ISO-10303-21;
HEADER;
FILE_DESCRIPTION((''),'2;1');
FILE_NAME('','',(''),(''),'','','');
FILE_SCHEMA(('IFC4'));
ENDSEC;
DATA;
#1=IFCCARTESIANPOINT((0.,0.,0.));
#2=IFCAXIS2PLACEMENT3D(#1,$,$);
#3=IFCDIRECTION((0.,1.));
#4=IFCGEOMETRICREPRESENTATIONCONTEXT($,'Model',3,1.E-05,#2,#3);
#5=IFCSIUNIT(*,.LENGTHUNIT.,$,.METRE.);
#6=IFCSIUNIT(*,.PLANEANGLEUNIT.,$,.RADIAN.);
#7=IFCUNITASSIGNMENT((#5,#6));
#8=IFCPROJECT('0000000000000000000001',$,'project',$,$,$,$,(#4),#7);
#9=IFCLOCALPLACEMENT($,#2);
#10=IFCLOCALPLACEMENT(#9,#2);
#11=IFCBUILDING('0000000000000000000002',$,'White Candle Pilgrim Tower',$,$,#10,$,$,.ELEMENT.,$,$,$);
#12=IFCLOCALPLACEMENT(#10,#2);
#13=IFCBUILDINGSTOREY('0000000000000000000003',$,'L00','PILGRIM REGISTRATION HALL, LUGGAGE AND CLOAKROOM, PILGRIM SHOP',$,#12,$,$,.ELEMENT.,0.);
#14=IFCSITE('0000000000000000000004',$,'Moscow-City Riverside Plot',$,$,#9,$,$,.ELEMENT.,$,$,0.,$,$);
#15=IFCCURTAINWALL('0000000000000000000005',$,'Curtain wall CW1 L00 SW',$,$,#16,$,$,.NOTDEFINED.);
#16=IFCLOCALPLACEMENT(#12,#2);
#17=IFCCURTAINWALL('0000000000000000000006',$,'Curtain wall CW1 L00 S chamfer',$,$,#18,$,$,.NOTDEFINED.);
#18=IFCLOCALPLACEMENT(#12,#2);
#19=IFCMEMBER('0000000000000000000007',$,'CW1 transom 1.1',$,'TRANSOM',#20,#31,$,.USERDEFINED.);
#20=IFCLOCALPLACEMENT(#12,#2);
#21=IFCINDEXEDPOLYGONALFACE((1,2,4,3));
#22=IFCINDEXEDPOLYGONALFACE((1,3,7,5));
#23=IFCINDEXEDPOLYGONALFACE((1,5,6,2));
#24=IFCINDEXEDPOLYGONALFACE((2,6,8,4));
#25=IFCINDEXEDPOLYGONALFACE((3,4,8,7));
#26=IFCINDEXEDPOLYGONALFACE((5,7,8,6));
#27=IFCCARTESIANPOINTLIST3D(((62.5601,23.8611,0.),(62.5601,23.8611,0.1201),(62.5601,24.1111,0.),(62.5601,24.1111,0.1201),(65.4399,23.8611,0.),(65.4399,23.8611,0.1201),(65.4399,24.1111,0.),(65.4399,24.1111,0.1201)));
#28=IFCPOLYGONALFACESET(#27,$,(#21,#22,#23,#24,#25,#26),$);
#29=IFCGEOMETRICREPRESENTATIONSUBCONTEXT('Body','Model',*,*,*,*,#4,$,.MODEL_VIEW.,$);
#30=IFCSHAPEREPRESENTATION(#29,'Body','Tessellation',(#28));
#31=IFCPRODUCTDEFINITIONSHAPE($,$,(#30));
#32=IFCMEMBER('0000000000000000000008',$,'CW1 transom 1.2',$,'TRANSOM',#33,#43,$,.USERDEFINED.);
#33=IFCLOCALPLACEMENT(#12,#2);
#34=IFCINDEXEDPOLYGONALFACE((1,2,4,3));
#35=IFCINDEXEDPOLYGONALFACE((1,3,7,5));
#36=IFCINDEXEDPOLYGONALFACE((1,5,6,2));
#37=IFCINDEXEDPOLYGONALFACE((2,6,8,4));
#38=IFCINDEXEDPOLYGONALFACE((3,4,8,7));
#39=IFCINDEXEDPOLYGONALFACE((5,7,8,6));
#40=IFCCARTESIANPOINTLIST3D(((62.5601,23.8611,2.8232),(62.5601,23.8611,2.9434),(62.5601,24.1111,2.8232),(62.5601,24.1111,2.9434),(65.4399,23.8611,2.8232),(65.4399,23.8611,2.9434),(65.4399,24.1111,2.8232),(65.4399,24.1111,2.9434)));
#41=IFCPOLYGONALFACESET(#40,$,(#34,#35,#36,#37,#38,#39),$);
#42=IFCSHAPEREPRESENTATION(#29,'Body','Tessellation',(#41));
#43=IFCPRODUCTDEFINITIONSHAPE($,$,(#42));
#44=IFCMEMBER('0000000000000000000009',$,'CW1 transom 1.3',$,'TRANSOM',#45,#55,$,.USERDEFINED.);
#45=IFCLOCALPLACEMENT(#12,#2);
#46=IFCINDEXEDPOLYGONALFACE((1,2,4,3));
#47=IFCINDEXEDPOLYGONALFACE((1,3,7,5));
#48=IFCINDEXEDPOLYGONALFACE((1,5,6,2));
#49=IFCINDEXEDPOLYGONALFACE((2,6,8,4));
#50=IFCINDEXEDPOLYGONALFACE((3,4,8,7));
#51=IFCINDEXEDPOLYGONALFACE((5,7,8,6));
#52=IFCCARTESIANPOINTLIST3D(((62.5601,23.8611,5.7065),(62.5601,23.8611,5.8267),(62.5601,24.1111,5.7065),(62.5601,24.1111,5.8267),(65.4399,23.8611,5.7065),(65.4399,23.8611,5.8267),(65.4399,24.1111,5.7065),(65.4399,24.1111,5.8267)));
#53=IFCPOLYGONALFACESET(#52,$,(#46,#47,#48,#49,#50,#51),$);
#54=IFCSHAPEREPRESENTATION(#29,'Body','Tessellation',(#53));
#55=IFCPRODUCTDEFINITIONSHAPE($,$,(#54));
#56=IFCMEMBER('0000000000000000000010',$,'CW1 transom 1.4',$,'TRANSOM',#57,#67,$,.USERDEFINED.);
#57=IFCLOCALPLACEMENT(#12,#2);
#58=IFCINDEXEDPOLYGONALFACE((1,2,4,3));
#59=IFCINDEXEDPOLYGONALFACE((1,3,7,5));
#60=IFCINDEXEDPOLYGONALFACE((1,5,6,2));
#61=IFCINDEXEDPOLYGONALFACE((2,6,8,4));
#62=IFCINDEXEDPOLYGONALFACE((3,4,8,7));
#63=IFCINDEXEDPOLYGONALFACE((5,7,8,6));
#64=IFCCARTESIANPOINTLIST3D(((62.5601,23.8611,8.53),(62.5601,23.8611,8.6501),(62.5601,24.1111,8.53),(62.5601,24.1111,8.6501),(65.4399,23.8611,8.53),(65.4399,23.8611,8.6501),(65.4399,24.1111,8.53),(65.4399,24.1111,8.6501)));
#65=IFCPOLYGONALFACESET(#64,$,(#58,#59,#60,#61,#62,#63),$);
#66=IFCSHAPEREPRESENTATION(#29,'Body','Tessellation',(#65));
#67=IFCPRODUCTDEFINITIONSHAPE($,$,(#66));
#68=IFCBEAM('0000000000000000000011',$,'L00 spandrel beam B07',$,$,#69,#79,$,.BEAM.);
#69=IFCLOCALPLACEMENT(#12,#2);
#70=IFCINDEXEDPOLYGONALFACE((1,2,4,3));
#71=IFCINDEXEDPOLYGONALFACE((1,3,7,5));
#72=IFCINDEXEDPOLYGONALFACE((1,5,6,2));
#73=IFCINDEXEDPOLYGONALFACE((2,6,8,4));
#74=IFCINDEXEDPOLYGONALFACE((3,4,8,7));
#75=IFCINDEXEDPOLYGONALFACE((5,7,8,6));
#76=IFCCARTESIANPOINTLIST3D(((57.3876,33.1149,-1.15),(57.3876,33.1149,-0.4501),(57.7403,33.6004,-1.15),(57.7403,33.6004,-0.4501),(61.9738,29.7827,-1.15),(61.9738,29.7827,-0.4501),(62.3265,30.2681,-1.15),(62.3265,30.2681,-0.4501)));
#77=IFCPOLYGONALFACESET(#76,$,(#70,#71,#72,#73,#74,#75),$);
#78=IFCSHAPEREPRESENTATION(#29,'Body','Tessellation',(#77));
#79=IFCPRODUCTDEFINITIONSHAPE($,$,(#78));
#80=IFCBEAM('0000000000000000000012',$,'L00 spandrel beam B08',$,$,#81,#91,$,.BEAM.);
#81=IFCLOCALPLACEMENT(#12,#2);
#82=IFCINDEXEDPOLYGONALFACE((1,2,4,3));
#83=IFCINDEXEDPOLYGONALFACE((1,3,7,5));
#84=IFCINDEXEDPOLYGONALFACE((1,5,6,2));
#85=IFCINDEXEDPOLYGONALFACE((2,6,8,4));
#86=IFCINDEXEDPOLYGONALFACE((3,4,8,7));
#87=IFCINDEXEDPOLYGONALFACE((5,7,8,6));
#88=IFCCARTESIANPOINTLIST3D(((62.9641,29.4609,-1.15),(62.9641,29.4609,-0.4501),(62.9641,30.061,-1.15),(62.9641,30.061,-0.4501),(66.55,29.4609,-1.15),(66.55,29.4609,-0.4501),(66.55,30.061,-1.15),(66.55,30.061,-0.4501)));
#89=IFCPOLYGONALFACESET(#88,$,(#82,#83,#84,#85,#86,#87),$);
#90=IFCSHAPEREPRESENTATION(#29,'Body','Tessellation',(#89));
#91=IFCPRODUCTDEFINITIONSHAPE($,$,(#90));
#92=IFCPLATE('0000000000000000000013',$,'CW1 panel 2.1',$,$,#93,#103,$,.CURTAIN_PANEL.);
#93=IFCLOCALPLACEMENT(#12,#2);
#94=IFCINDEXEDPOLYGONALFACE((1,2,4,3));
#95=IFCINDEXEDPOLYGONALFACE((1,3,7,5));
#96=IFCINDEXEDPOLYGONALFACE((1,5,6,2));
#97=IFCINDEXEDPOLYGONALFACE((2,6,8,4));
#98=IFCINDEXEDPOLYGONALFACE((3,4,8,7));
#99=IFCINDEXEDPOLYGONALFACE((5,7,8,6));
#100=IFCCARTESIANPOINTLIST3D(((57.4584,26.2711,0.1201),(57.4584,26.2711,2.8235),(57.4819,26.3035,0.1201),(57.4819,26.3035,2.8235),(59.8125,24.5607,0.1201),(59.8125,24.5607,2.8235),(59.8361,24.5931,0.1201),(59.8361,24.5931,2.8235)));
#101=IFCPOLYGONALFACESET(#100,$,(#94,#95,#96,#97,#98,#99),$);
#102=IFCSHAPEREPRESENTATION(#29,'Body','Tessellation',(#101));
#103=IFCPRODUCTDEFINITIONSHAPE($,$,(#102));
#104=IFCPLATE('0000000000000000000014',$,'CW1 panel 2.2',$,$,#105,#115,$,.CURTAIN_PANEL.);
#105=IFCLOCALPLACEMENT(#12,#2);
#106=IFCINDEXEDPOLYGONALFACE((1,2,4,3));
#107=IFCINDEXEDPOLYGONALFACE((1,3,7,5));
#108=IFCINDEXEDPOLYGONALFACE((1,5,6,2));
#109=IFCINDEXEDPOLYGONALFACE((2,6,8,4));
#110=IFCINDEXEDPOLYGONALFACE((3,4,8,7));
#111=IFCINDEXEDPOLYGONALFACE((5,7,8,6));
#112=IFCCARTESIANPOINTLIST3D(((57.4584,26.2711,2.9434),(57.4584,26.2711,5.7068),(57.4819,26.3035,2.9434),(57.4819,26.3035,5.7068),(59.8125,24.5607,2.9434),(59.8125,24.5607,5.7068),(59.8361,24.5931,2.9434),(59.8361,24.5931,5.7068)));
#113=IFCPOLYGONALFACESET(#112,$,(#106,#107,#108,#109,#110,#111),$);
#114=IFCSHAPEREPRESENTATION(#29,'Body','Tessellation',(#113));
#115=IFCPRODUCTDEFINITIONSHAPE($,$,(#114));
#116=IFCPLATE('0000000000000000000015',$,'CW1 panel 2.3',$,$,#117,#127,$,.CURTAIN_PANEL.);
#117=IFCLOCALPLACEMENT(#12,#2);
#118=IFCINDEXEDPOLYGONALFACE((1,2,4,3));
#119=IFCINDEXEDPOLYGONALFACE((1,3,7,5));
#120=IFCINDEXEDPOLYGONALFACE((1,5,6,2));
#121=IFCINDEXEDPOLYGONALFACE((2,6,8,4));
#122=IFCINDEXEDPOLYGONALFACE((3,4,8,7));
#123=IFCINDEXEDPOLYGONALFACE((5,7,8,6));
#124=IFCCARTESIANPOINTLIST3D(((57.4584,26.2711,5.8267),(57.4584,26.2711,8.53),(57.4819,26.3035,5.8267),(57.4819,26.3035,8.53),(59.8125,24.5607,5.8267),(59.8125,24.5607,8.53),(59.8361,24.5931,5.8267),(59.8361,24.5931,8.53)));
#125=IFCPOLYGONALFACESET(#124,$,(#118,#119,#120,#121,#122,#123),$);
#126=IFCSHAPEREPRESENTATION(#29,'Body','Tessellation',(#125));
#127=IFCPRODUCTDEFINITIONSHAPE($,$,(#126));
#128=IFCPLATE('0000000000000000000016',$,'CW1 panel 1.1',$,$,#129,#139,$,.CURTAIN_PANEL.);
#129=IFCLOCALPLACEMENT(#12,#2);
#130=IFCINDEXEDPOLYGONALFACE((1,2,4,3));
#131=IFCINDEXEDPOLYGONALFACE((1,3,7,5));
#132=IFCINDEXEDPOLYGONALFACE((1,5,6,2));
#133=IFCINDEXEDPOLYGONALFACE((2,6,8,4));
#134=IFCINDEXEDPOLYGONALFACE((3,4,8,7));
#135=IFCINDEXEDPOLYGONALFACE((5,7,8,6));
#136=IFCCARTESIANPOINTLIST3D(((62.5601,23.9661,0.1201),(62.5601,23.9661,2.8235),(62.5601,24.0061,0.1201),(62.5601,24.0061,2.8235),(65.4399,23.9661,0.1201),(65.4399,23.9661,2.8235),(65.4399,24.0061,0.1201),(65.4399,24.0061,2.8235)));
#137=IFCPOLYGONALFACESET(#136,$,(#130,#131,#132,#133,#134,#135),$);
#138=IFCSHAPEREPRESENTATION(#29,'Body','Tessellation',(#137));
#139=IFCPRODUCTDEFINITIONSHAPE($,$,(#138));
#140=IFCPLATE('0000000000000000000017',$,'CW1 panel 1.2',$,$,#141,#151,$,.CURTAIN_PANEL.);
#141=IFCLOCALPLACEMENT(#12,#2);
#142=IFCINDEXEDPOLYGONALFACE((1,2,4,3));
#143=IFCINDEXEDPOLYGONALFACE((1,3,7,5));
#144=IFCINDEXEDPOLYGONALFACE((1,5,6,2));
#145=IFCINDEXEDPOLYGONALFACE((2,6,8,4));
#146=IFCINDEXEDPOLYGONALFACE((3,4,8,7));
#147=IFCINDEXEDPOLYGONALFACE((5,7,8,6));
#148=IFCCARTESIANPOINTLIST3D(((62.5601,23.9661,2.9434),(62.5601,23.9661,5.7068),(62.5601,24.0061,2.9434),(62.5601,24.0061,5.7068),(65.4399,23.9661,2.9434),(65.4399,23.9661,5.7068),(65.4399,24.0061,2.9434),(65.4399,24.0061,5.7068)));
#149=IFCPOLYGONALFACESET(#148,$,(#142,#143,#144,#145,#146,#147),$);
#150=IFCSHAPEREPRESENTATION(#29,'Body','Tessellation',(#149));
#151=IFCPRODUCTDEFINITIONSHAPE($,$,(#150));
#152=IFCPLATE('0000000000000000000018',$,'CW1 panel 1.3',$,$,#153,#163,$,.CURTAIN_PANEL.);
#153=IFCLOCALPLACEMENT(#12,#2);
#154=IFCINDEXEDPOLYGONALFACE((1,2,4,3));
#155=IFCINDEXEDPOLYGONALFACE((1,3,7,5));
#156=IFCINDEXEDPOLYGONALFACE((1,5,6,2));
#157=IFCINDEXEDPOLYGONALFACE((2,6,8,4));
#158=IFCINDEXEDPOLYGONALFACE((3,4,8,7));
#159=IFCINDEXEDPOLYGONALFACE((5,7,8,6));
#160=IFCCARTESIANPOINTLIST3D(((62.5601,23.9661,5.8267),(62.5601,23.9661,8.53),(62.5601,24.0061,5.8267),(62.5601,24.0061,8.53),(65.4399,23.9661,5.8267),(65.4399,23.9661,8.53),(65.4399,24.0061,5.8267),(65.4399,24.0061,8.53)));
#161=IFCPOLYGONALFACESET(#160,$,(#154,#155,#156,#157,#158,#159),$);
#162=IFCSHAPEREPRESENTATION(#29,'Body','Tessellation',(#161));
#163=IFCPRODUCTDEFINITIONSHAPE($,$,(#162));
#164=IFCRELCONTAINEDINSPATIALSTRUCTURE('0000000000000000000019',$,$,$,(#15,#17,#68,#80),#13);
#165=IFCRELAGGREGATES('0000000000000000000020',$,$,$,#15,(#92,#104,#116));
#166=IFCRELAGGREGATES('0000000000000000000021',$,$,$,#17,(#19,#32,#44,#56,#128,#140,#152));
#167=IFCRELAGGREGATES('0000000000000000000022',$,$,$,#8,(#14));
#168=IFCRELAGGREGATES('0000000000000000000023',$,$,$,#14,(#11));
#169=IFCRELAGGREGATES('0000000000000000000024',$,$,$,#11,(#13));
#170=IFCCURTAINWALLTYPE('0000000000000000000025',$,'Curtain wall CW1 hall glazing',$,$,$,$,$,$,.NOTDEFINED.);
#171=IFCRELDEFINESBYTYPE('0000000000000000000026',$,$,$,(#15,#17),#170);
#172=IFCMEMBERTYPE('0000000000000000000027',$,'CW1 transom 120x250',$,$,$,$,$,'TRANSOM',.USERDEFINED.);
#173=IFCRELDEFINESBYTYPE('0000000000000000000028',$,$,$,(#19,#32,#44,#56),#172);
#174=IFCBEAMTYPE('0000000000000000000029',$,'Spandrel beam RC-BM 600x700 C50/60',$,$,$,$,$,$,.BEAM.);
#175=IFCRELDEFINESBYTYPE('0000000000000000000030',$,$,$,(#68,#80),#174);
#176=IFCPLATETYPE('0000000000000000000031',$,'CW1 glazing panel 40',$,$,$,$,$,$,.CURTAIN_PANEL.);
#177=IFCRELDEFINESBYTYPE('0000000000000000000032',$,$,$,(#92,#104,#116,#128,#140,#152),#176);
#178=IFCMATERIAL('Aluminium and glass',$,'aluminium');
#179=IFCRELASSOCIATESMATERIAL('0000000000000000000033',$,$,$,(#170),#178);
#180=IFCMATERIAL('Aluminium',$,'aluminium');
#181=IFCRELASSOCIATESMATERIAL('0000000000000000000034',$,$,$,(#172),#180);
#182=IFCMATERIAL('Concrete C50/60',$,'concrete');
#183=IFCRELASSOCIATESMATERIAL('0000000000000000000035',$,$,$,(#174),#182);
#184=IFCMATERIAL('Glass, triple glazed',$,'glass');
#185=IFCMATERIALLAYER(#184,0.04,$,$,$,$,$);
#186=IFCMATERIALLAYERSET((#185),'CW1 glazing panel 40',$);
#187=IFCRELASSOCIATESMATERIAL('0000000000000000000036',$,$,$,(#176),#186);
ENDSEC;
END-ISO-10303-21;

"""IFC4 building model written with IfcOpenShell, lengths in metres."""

from ifc_helpers import new_model, si_unit, direction, frame, origin, origin_2d, place, context, subcontext, project, spatial, rectangle, extrude, material, layer, layer_set, material_profile, profile_set, type_object, element, aggregate, save


model = new_model("IFC4")

# Units and contexts
model_context = context("Model", 3, precision=1e-05, world=origin(), true_north=direction((0.0, 1.0)))
body_context = subcontext(model_context, "Body", "Model", "MODEL_VIEW")
ifc_project = project(units=[si_unit("LENGTHUNIT", "METRE"), si_unit("PLANEANGLEUNIT", "RADIAN")], contexts=[model_context])

# Site, building, storey
site_placement = place(None, origin())
site = spatial("IfcSite", under=ifc_project, at=site_placement, Name="Moscow-City Riverside Plot", CompositionType="ELEMENT", RefElevation=0.0)
building_placement = place(site_placement, origin())
building = spatial("IfcBuilding", under=site, at=building_placement, Name="White Candle Pilgrim Tower", CompositionType="ELEMENT")
storey_placement = place(building_placement, origin())
storey = spatial("IfcBuildingStorey", under=building, at=storey_placement, Name="L00", Description="PILGRIM REGISTRATION HALL, LUGGAGE AND CLOAKROOM, PILGRIM SHOP", CompositionType="ELEMENT", Elevation=0.0)

# Curtain walls
ifc_material_1 = material(Name="Aluminium and glass", Category="aluminium")
curtain_wall_type = type_object("IfcCurtainWallType", Name="Curtain wall CW1 hall glazing", PredefinedType="NOTDEFINED", material=ifc_material_1)
curtain_wall_1_placement = place(storey_placement, origin())
curtain_wall_1 = element("IfcCurtainWall", 1, at=curtain_wall_1_placement, inside=storey, type_object=curtain_wall_type, Name="Curtain wall CW1 L00 SW", PredefinedType="NOTDEFINED")
ifc_material_2 = material(Name="Aluminium", Category="aluminium")
curtain_wall_2_placement = place(storey_placement, origin())
curtain_wall_2 = element("IfcCurtainWall", 2, at=curtain_wall_2_placement, inside=storey, type_object=curtain_wall_type, Name="Curtain wall CW1 L00 S chamfer", PredefinedType="NOTDEFINED")

# Members
ifc_material_profile_1 = material_profile(ifc_material_2, rectangle(XDim=0.25, YDim=0.1201, at=origin_2d()), Name="CW1 transom 120x250")
ifc_profile_set_1 = profile_set([ifc_material_profile_1], Name="Aluminium")
member_type_1 = type_object("IfcMemberType", Name="CW1 transom 120x250", ElementType="TRANSOM", PredefinedType="USERDEFINED", material=ifc_profile_set_1)
member_1_placement = place(storey_placement, frame((62.5601, 23.9861, 0.0601), z_axis=(1.0, 0.0, 0.0), x_axis=(0.0, 1.0, 0.0)))
member_1 = element("IfcMember", 3, at=member_1_placement, type_object=member_type_1, Name="CW1 transom 1.1", ObjectType="TRANSOM", PredefinedType="USERDEFINED", context=body_context, shape_type="SweptSolid", body=[
    extrude(rectangle(XDim=0.25, YDim=0.1201, at=origin_2d()), origin(), (0.0, 0.0, 1.0), 2.8799),
])
member_2_placement = place(storey_placement, frame((62.5601, 23.9861, 2.8833), z_axis=(1.0, 0.0, 0.0), x_axis=(0.0, 1.0, 0.0)))
member_2 = element("IfcMember", 4, at=member_2_placement, type_object=member_type_1, Name="CW1 transom 1.2", ObjectType="TRANSOM", PredefinedType="USERDEFINED", context=body_context, shape_type="SweptSolid", body=[
    extrude(rectangle(XDim=0.25, YDim=0.1201, at=origin_2d()), origin(), (0.0, 0.0, 1.0), 2.8799),
])
member_3_placement = place(storey_placement, frame((62.5601, 23.9861, 5.7666), z_axis=(1.0, 0.0, 0.0), x_axis=(0.0, 1.0, 0.0)))
member_3 = element("IfcMember", 5, at=member_3_placement, type_object=member_type_1, Name="CW1 transom 1.3", ObjectType="TRANSOM", PredefinedType="USERDEFINED", context=body_context, shape_type="SweptSolid", body=[
    extrude(rectangle(XDim=0.25, YDim=0.1201, at=origin_2d()), origin(), (0.0, 0.0, 1.0), 2.8799),
])
member_4_placement = place(storey_placement, frame((62.5601, 23.9861, 8.5901), z_axis=(1.0, 0.0, 0.0), x_axis=(0.0, 1.0, 0.0)))
member_4 = element("IfcMember", 6, at=member_4_placement, type_object=member_type_1, Name="CW1 transom 1.4", ObjectType="TRANSOM", PredefinedType="USERDEFINED", context=body_context, shape_type="SweptSolid", body=[
    extrude(rectangle(XDim=0.25, YDim=0.1201, at=origin_2d()), origin(), (0.0, 0.0, 1.0), 2.8799),
])

# Beams
ifc_material_3 = material(Name="Concrete C50/60", Category="concrete")
ifc_material_profile_2 = material_profile(ifc_material_3, rectangle(XDim=0.6001, YDim=0.7, at=origin_2d()), Name="RC-BM 600x700")
ifc_profile_set_2 = profile_set([ifc_material_profile_2], Name="Concrete C50/60")
beam_type = type_object("IfcBeamType", Name="Spandrel beam RC-BM 600x700 C50/60", PredefinedType="BEAM", material=ifc_profile_set_2)
beam_1_placement = place(storey_placement, frame((57.564, 33.3577, -0.8), z_axis=(0.808999, -0.587811, 0.0), x_axis=(0.587811, 0.808999, 0.0)))
element("IfcBeam", 7, at=beam_1_placement, inside=storey, type_object=beam_type, Name="L00 spandrel beam B07", PredefinedType="BEAM", context=body_context, shape_type="SweptSolid", body=[
    extrude(rectangle(XDim=0.6001, YDim=0.7, at=origin_2d()), origin(), (0.0, 0.0, 1.0), 5.6689),
])
beam_2_placement = place(storey_placement, frame((62.9641, 29.761, -0.8), z_axis=(1.0, 0.0, 0.0), x_axis=(0.0, 1.0, 0.0)))
element("IfcBeam", 8, at=beam_2_placement, inside=storey, type_object=beam_type, Name="L00 spandrel beam B08", PredefinedType="BEAM", context=body_context, shape_type="SweptSolid", body=[
    extrude(rectangle(XDim=0.6001, YDim=0.7, at=origin_2d()), origin(), (0.0, 0.0, 1.0), 3.5859),
])

# Plates
ifc_material_4 = material(Name="Glass, triple glazed", Category="glass")
ifc_layer_1 = layer(ifc_material_4, 0.04)
ifc_layer_set_1 = layer_set([ifc_layer_1], Name="CW1 glazing panel 40")
plate_type = type_object("IfcPlateType", Name="CW1 glazing panel 40", PredefinedType="CURTAIN_PANEL", material=ifc_layer_set_1)
plate_1_placement = place(storey_placement, frame((58.6472, 25.4321, 0.1201), z_axis=(0.0, 0.0, 1.0), x_axis=(0.809017, -0.587785, 0.0)))
plate_1 = element("IfcPlate", 9, at=plate_1_placement, type_object=plate_type, Name="CW1 panel 2.1", PredefinedType="CURTAIN_PANEL", context=body_context, shape_type="SweptSolid", body=[
    extrude(rectangle(XDim=2.9099, YDim=0.04, at=origin_2d()), origin(), (0.0, 0.0, 1.0), 2.7034),
])
plate_2_placement = place(storey_placement, frame((58.6472, 25.4321, 2.9434), z_axis=(0.0, 0.0, 1.0), x_axis=(0.809017, -0.587785, 0.0)))
plate_2 = element("IfcPlate", 10, at=plate_2_placement, type_object=plate_type, Name="CW1 panel 2.2", PredefinedType="CURTAIN_PANEL", context=body_context, shape_type="SweptSolid", body=[
    extrude(rectangle(XDim=2.9099, YDim=0.04, at=origin_2d()), origin(), (0.0, 0.0, 1.0), 2.7634),
])
plate_3_placement = place(storey_placement, frame((58.6472, 25.4321, 5.8267), z_axis=(0.0, 0.0, 1.0), x_axis=(0.809017, -0.587785, 0.0)))
plate_3 = element("IfcPlate", 11, at=plate_3_placement, type_object=plate_type, Name="CW1 panel 2.3", PredefinedType="CURTAIN_PANEL", context=body_context, shape_type="SweptSolid", body=[
    extrude(rectangle(XDim=2.9099, YDim=0.04, at=origin_2d()), origin(), (0.0, 0.0, 1.0), 2.7034),
])
aggregate(curtain_wall_1, [plate_1, plate_2, plate_3])
plate_4_placement = place(storey_placement, frame((64.0, 23.9861, 0.1201), z_axis=(0.0, 0.0, 1.0), x_axis=(1.0, 0.0, 0.0)))
plate_4 = element("IfcPlate", 12, at=plate_4_placement, type_object=plate_type, Name="CW1 panel 1.1", PredefinedType="CURTAIN_PANEL", context=body_context, shape_type="SweptSolid", body=[
    extrude(rectangle(XDim=2.8799, YDim=0.04, at=origin_2d()), origin(), (0.0, 0.0, 1.0), 2.7034),
])
plate_5_placement = place(storey_placement, frame((64.0, 23.9861, 2.9434), z_axis=(0.0, 0.0, 1.0), x_axis=(1.0, 0.0, 0.0)))
plate_5 = element("IfcPlate", 13, at=plate_5_placement, type_object=plate_type, Name="CW1 panel 1.2", PredefinedType="CURTAIN_PANEL", context=body_context, shape_type="SweptSolid", body=[
    extrude(rectangle(XDim=2.8799, YDim=0.04, at=origin_2d()), origin(), (0.0, 0.0, 1.0), 2.7634),
])
plate_6_placement = place(storey_placement, frame((64.0, 23.9861, 5.8267), z_axis=(0.0, 0.0, 1.0), x_axis=(1.0, 0.0, 0.0)))
plate_6 = element("IfcPlate", 14, at=plate_6_placement, type_object=plate_type, Name="CW1 panel 1.3", PredefinedType="CURTAIN_PANEL", context=body_context, shape_type="SweptSolid", body=[
    extrude(rectangle(XDim=2.8799, YDim=0.04, at=origin_2d()), origin(), (0.0, 0.0, 1.0), 2.7034),
])
aggregate(curtain_wall_2, [member_1, member_2, member_3, member_4, plate_4, plate_5, plate_6])

save(model, "model.ifc")
